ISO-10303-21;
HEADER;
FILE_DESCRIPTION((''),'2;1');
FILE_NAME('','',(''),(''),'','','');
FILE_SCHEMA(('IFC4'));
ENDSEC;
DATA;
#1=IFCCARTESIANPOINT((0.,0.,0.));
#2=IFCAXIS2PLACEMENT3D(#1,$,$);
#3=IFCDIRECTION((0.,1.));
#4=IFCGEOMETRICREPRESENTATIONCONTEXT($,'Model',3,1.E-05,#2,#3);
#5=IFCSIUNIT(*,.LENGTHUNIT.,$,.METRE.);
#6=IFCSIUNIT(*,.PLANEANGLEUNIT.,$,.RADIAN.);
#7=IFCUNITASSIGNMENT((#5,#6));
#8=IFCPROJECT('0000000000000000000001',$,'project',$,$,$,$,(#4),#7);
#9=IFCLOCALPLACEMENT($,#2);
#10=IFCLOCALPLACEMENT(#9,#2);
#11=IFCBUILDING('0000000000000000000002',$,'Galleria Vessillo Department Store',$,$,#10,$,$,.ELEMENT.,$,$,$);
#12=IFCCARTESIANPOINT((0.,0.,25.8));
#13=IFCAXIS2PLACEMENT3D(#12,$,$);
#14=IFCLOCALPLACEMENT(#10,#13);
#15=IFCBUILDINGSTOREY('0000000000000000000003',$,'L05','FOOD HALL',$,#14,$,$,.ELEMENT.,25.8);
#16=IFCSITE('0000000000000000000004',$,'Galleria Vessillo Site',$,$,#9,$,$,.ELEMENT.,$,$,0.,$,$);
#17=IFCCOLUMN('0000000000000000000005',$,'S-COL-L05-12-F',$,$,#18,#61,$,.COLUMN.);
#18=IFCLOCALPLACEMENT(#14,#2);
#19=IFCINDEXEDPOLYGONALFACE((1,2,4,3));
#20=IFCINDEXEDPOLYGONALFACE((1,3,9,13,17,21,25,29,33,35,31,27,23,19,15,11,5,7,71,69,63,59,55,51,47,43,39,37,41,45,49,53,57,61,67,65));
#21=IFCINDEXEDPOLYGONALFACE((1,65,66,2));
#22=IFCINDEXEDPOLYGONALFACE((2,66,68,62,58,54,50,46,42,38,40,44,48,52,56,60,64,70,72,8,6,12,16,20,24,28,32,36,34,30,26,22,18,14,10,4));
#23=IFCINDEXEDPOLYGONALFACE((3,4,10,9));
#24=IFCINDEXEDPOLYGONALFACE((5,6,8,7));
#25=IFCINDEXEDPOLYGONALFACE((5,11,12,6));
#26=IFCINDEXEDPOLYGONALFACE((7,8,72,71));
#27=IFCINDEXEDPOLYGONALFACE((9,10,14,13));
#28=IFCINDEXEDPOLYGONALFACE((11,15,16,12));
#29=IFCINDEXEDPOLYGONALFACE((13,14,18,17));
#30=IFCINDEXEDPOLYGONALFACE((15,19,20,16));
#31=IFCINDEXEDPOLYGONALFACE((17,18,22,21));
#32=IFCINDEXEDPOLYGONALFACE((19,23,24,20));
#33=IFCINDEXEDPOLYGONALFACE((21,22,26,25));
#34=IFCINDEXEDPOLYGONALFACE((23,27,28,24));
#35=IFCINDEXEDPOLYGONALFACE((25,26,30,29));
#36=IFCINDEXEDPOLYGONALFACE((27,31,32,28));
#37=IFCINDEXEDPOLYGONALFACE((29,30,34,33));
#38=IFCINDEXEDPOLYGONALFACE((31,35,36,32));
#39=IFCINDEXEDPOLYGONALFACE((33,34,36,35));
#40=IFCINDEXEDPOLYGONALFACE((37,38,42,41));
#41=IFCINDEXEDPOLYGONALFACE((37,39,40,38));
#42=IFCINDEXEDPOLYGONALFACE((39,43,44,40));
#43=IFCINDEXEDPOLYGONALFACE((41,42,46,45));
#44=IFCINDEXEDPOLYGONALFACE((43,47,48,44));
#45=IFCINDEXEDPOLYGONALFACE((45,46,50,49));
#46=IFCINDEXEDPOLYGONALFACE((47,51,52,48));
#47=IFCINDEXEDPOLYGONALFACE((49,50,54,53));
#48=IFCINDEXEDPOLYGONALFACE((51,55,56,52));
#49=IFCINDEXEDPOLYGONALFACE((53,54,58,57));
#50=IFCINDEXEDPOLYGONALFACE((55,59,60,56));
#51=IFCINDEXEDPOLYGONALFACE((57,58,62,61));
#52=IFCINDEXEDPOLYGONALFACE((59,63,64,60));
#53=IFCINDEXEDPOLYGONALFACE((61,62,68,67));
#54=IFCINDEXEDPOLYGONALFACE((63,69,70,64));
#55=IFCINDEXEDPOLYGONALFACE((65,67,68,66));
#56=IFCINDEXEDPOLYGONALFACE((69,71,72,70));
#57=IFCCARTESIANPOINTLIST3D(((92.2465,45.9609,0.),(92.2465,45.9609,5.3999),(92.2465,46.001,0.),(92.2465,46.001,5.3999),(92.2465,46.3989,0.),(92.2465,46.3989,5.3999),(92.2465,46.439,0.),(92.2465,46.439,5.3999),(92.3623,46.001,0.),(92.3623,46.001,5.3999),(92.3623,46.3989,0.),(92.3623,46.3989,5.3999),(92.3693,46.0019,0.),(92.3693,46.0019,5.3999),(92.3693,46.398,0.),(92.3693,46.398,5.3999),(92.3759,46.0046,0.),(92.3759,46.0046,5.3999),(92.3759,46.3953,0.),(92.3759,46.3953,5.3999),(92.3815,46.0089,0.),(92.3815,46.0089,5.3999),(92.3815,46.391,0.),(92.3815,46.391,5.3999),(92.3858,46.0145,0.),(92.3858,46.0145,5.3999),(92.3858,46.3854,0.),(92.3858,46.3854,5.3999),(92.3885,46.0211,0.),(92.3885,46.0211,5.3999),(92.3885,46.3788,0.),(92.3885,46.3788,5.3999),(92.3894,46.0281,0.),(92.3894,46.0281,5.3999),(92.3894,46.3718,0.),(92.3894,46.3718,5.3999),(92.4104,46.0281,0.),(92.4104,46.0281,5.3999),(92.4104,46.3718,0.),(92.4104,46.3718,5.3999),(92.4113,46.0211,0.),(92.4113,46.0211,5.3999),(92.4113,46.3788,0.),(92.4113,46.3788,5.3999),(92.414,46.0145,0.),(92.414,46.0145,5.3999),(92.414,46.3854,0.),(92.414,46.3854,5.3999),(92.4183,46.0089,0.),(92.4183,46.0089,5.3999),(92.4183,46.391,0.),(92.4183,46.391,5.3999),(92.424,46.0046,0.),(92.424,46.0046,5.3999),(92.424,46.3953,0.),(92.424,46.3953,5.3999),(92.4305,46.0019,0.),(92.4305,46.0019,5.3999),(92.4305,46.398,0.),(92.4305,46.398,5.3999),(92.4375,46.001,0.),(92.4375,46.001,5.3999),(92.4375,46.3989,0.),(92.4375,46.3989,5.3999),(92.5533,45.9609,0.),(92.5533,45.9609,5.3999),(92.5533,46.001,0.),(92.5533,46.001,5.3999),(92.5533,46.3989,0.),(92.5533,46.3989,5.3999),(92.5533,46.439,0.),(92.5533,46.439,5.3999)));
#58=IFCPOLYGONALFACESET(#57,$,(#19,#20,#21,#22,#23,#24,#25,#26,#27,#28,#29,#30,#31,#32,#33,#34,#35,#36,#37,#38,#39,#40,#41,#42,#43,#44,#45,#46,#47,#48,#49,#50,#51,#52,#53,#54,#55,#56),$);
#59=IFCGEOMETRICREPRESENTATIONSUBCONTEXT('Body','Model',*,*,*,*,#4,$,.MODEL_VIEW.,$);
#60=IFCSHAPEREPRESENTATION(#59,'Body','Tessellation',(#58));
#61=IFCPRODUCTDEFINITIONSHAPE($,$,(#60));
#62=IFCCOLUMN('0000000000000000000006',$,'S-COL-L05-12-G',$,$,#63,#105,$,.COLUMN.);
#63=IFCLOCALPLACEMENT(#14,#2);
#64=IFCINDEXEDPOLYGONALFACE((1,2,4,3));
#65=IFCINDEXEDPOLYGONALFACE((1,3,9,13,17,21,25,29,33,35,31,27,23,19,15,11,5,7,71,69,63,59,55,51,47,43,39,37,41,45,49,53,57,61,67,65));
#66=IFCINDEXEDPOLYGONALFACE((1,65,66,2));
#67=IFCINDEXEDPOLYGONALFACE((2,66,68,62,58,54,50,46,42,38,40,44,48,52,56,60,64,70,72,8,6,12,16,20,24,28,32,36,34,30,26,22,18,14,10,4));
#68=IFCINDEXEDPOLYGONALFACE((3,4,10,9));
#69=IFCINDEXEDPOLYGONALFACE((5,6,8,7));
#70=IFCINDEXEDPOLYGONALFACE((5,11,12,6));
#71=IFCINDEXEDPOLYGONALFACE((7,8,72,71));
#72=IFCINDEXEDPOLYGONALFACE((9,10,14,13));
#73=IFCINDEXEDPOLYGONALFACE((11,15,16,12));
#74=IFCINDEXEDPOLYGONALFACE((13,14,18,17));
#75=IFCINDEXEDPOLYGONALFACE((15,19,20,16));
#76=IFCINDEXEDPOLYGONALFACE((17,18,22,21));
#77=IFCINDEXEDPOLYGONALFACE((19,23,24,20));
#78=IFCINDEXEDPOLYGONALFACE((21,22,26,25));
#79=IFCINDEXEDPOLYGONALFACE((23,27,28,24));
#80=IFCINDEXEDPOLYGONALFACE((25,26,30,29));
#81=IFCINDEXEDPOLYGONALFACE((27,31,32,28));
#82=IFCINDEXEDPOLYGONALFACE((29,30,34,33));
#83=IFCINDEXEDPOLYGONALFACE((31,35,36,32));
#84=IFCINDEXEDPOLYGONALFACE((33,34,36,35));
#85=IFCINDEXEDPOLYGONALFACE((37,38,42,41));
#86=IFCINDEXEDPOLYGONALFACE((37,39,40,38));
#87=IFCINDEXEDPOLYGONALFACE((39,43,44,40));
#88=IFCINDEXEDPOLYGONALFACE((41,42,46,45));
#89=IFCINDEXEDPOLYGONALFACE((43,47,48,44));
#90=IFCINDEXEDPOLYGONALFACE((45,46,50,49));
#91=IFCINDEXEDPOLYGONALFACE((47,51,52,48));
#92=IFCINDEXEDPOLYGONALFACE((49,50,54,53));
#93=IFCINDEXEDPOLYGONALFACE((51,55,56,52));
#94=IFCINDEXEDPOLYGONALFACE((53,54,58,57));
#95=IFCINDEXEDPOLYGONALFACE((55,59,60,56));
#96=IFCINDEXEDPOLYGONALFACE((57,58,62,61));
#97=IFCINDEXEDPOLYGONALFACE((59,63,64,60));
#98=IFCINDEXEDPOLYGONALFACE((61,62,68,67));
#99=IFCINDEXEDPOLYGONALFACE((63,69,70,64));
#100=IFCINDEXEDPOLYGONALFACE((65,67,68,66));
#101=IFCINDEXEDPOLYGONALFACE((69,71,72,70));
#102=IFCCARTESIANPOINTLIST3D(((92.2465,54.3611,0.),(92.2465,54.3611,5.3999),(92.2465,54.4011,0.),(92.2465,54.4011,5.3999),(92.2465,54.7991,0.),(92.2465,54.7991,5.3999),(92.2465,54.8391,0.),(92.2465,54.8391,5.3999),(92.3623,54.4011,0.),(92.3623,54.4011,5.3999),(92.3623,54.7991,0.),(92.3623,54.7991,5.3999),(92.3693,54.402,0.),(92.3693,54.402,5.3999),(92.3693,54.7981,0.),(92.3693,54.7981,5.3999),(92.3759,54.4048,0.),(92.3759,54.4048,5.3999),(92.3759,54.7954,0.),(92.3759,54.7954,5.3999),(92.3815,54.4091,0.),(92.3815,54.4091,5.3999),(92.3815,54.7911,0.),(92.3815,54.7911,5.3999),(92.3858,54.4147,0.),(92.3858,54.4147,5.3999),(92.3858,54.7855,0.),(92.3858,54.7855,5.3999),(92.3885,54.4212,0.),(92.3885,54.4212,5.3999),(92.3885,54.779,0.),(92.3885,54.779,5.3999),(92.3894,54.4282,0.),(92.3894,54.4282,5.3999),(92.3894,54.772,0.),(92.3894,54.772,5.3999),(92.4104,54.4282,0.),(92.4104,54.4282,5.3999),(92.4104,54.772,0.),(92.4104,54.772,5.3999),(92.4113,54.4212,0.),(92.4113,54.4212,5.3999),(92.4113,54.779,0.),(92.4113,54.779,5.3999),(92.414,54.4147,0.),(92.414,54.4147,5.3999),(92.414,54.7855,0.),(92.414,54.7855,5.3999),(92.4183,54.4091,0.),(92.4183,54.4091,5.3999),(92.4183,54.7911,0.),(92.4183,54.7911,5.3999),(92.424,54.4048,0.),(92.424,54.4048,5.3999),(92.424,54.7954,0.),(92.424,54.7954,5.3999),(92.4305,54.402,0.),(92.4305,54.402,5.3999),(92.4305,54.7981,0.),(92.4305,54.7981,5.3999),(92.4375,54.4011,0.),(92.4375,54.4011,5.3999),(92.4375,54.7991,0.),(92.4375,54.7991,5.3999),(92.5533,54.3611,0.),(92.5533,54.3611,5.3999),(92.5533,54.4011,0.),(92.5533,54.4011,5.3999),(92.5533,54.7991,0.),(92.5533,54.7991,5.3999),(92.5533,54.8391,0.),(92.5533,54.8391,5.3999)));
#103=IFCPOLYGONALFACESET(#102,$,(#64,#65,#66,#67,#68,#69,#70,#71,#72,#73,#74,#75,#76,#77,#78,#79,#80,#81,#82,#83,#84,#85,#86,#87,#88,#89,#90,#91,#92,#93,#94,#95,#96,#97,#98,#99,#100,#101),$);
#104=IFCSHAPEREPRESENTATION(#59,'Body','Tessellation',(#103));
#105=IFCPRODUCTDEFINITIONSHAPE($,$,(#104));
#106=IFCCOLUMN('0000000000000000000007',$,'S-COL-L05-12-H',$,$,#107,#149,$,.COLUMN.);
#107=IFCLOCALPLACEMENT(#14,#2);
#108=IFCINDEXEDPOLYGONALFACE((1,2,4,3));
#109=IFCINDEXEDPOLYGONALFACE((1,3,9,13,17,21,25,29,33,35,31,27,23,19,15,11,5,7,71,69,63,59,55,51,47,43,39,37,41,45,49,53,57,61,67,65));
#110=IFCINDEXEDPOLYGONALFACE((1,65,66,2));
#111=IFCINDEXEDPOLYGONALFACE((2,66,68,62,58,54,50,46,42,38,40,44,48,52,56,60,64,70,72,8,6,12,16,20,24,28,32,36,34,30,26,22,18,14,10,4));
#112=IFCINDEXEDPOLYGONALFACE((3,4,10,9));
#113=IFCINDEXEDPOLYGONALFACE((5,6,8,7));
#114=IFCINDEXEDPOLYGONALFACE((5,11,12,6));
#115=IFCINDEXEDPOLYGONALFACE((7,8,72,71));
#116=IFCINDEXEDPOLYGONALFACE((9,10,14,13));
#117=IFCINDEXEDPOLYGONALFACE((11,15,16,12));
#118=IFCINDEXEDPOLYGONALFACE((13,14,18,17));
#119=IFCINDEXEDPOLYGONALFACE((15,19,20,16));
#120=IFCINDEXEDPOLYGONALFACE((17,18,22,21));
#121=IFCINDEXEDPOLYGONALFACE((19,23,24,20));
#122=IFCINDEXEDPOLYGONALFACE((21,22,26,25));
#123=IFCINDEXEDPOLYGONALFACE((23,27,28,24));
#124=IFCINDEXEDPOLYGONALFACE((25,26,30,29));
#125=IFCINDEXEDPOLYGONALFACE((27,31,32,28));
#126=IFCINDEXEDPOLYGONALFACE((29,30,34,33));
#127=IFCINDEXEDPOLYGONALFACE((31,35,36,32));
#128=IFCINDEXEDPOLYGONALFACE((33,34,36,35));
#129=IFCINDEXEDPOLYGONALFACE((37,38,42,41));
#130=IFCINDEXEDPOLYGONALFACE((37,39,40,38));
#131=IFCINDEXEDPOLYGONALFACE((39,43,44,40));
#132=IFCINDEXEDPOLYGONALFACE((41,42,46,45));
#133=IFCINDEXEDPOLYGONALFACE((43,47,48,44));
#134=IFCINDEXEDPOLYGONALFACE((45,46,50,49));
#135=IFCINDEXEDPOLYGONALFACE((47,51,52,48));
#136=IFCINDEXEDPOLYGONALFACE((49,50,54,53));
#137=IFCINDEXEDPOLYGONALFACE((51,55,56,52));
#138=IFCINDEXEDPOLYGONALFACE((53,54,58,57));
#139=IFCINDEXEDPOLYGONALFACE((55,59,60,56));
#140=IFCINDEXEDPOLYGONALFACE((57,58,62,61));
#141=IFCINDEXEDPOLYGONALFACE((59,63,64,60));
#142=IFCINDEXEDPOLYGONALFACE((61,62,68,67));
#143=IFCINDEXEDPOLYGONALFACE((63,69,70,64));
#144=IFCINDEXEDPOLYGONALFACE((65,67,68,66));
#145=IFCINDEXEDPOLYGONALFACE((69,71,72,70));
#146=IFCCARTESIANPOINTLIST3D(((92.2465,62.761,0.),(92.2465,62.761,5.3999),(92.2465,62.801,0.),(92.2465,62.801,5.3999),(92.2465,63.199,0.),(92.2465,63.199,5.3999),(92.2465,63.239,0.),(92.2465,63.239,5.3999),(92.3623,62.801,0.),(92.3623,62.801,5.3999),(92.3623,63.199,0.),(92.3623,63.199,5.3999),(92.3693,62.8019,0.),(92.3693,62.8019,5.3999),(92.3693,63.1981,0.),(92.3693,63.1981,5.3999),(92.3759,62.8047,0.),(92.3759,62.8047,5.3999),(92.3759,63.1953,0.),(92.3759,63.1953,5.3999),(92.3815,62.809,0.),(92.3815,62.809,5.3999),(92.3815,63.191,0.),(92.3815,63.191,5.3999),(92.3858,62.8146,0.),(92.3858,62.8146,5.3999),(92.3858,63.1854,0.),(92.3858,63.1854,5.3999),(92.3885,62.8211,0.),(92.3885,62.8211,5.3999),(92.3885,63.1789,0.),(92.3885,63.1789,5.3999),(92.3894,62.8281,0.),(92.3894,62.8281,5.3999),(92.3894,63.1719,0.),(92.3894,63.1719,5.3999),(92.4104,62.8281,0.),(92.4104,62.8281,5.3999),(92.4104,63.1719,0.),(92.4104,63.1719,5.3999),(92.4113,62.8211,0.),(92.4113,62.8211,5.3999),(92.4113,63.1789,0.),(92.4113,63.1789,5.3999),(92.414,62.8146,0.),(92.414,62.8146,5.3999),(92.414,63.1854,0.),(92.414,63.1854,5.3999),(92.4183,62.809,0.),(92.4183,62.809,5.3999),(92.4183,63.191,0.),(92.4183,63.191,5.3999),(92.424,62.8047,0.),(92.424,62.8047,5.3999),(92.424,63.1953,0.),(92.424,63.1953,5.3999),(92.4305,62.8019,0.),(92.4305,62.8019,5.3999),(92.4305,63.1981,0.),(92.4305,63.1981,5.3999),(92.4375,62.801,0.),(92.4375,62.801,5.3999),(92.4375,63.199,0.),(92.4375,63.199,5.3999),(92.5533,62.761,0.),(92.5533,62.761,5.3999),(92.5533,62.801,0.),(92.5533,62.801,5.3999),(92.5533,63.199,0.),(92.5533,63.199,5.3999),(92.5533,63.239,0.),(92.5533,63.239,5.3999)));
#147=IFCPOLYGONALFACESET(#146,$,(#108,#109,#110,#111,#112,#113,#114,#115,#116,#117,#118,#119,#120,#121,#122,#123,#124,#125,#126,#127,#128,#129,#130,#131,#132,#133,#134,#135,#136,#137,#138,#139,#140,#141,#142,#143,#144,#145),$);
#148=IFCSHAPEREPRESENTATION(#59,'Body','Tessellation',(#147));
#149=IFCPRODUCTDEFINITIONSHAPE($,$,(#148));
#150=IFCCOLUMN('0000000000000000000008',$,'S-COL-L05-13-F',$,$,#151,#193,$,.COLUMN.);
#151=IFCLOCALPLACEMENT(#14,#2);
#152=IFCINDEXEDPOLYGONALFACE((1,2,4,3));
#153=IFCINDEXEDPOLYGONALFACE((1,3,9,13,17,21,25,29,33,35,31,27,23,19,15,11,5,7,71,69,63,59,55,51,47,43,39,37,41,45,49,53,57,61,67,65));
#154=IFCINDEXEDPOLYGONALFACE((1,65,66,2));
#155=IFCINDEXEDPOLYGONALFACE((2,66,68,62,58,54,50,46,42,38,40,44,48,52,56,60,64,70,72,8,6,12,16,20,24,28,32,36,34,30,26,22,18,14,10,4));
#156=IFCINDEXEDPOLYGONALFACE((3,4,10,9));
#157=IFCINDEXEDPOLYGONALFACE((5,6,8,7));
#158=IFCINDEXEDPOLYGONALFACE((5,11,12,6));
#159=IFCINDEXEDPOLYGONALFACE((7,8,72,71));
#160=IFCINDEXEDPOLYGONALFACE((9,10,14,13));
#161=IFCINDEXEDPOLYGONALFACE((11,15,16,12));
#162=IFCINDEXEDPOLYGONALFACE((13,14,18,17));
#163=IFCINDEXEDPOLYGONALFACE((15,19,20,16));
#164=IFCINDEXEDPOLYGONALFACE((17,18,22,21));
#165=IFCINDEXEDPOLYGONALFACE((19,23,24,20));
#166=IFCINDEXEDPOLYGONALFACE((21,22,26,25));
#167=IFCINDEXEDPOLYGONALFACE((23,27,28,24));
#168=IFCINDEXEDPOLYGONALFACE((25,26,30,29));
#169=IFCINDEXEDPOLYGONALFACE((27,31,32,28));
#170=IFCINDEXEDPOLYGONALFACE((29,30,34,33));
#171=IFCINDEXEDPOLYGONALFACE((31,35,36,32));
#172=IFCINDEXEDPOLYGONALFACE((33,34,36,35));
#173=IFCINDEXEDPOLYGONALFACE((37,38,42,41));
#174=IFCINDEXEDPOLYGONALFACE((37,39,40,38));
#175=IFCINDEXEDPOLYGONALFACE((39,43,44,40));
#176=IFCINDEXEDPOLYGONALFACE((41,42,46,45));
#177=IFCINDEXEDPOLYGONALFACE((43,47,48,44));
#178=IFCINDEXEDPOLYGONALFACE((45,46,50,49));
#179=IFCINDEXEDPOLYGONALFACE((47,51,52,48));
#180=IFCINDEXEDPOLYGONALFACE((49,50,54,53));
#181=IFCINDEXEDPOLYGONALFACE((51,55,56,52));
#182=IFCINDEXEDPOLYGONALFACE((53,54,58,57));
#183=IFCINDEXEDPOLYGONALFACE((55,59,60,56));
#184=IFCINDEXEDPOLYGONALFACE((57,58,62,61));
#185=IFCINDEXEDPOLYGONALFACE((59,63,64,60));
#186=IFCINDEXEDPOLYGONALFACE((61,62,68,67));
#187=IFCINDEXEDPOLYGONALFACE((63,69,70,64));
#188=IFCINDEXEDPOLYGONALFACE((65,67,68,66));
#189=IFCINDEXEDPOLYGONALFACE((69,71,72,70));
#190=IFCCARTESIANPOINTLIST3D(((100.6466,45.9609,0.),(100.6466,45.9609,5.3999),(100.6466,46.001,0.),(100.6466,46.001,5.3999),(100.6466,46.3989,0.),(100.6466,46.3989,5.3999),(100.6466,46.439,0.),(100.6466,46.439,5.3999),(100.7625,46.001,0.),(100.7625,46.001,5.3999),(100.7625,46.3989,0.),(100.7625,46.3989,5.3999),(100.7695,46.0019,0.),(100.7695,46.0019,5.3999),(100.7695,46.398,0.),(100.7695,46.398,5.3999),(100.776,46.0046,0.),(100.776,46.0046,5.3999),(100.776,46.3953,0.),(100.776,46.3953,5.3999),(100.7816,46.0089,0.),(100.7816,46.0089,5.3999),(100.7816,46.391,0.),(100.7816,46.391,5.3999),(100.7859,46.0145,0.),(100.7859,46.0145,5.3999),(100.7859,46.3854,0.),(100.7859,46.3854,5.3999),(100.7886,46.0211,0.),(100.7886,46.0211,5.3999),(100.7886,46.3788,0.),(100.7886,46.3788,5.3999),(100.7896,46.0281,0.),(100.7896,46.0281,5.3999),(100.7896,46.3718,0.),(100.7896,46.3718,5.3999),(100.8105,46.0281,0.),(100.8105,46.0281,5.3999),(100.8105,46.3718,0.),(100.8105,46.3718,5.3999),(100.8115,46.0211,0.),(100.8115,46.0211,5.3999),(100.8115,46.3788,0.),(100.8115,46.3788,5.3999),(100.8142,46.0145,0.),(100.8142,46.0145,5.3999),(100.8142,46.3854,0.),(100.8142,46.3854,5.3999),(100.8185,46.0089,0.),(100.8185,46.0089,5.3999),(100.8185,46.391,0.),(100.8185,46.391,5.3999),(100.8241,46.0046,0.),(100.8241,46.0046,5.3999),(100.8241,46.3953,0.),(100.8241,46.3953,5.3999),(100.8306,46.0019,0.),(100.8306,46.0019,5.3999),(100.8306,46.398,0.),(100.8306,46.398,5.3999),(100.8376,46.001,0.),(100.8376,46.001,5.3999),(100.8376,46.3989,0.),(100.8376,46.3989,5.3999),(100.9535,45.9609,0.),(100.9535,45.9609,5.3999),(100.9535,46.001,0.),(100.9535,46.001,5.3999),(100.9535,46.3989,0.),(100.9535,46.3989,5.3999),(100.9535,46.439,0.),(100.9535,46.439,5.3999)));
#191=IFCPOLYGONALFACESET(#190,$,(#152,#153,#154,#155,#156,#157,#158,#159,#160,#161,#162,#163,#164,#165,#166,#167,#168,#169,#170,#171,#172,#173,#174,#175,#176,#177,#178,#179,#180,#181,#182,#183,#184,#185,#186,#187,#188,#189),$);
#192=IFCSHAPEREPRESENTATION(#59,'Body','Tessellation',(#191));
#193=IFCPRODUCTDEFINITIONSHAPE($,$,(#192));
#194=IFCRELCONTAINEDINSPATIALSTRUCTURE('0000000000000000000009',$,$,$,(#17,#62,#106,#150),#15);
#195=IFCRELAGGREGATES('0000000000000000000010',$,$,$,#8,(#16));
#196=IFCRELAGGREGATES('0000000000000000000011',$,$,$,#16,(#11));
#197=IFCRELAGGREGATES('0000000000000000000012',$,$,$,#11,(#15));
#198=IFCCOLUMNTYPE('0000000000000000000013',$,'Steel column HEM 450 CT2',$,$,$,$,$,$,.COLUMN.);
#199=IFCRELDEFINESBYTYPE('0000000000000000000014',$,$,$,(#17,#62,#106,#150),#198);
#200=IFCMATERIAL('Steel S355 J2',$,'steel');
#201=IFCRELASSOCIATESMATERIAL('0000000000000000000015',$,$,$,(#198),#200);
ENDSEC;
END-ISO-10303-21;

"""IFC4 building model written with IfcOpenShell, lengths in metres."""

from ifc_helpers import new_model, si_unit, direction, frame, origin, origin_2d, place, context, subcontext, project, spatial, i_section, extrude, material, material_profile, profile_set, type_object, element, save


model = new_model("IFC4")

# Units and contexts
model_context = context("Model", 3, precision=1e-05, world=origin(), true_north=direction((0.0, 1.0)))
body_context = subcontext(model_context, "Body", "Model", "MODEL_VIEW")
ifc_project = project(units=[si_unit("LENGTHUNIT", "METRE"), si_unit("PLANEANGLEUNIT", "RADIAN")], contexts=[model_context])

# Site, building, storey
site_placement = place(None, origin())
site = spatial("IfcSite", under=ifc_project, at=site_placement, Name="Galleria Vessillo Site", CompositionType="ELEMENT", RefElevation=0.0)
building_placement = place(site_placement, origin())
building = spatial("IfcBuilding", under=site, at=building_placement, Name="Galleria Vessillo Department Store", CompositionType="ELEMENT")
storey_placement = place(building_placement, frame((0.0, 0.0, 25.8)))
storey = spatial("IfcBuildingStorey", under=building, at=storey_placement, Name="L05", Description="FOOD HALL", CompositionType="ELEMENT", Elevation=25.8)

# Columns
ifc_material_1 = material(Name="Steel S355 J2", Category="steel")
ifc_material_profile_1 = material_profile(ifc_material_1, i_section(OverallWidth=0.3069, OverallDepth=0.478, WebThickness=0.021, FlangeThickness=0.04, FilletRadius=0.0271, at=origin_2d()), Name="HEM 450")
ifc_profile_set_1 = profile_set([ifc_material_profile_1], Name="Steel S355 J2")
column_type = type_object("IfcColumnType", Name="Steel column HEM 450 CT2", PredefinedType="COLUMN", material=ifc_profile_set_1)
for number, where, z_axis, x_axis, name in (
    (1, (92.3999, 46.2, 0.0), (0.0, 0.0, 1.0), (1.0, 0.0, 0.0), "S-COL-L05-12-F"),
    (2, (92.3999, 54.6001, 0.0), (0.0, 0.0, 1.0), (1.0, 0.0, 0.0), "S-COL-L05-12-G"),
    (3, (92.3999, 63.0, 0.0), (0.0, 0.0, 1.0), (1.0, 0.0, 0.0), "S-COL-L05-12-H"),
    (4, (100.8, 46.2, 0.0), (0.0, 0.0, 1.0), (1.0, 0.0, 0.0), "S-COL-L05-13-F"),
):
    element("IfcColumn", number, at=place(storey_placement, frame(where, z_axis=z_axis, x_axis=x_axis)), inside=storey, type_object=column_type, Name=name, PredefinedType="COLUMN", context=body_context, shape_type="SweptSolid", body=[
        extrude(i_section(OverallWidth=0.3069, OverallDepth=0.478, WebThickness=0.021, FlangeThickness=0.04, FilletRadius=0.0271, at=origin_2d()), origin(), (0.0, 0.0, 1.0), 5.3999),
    ])

save(model, "model.ifc")
